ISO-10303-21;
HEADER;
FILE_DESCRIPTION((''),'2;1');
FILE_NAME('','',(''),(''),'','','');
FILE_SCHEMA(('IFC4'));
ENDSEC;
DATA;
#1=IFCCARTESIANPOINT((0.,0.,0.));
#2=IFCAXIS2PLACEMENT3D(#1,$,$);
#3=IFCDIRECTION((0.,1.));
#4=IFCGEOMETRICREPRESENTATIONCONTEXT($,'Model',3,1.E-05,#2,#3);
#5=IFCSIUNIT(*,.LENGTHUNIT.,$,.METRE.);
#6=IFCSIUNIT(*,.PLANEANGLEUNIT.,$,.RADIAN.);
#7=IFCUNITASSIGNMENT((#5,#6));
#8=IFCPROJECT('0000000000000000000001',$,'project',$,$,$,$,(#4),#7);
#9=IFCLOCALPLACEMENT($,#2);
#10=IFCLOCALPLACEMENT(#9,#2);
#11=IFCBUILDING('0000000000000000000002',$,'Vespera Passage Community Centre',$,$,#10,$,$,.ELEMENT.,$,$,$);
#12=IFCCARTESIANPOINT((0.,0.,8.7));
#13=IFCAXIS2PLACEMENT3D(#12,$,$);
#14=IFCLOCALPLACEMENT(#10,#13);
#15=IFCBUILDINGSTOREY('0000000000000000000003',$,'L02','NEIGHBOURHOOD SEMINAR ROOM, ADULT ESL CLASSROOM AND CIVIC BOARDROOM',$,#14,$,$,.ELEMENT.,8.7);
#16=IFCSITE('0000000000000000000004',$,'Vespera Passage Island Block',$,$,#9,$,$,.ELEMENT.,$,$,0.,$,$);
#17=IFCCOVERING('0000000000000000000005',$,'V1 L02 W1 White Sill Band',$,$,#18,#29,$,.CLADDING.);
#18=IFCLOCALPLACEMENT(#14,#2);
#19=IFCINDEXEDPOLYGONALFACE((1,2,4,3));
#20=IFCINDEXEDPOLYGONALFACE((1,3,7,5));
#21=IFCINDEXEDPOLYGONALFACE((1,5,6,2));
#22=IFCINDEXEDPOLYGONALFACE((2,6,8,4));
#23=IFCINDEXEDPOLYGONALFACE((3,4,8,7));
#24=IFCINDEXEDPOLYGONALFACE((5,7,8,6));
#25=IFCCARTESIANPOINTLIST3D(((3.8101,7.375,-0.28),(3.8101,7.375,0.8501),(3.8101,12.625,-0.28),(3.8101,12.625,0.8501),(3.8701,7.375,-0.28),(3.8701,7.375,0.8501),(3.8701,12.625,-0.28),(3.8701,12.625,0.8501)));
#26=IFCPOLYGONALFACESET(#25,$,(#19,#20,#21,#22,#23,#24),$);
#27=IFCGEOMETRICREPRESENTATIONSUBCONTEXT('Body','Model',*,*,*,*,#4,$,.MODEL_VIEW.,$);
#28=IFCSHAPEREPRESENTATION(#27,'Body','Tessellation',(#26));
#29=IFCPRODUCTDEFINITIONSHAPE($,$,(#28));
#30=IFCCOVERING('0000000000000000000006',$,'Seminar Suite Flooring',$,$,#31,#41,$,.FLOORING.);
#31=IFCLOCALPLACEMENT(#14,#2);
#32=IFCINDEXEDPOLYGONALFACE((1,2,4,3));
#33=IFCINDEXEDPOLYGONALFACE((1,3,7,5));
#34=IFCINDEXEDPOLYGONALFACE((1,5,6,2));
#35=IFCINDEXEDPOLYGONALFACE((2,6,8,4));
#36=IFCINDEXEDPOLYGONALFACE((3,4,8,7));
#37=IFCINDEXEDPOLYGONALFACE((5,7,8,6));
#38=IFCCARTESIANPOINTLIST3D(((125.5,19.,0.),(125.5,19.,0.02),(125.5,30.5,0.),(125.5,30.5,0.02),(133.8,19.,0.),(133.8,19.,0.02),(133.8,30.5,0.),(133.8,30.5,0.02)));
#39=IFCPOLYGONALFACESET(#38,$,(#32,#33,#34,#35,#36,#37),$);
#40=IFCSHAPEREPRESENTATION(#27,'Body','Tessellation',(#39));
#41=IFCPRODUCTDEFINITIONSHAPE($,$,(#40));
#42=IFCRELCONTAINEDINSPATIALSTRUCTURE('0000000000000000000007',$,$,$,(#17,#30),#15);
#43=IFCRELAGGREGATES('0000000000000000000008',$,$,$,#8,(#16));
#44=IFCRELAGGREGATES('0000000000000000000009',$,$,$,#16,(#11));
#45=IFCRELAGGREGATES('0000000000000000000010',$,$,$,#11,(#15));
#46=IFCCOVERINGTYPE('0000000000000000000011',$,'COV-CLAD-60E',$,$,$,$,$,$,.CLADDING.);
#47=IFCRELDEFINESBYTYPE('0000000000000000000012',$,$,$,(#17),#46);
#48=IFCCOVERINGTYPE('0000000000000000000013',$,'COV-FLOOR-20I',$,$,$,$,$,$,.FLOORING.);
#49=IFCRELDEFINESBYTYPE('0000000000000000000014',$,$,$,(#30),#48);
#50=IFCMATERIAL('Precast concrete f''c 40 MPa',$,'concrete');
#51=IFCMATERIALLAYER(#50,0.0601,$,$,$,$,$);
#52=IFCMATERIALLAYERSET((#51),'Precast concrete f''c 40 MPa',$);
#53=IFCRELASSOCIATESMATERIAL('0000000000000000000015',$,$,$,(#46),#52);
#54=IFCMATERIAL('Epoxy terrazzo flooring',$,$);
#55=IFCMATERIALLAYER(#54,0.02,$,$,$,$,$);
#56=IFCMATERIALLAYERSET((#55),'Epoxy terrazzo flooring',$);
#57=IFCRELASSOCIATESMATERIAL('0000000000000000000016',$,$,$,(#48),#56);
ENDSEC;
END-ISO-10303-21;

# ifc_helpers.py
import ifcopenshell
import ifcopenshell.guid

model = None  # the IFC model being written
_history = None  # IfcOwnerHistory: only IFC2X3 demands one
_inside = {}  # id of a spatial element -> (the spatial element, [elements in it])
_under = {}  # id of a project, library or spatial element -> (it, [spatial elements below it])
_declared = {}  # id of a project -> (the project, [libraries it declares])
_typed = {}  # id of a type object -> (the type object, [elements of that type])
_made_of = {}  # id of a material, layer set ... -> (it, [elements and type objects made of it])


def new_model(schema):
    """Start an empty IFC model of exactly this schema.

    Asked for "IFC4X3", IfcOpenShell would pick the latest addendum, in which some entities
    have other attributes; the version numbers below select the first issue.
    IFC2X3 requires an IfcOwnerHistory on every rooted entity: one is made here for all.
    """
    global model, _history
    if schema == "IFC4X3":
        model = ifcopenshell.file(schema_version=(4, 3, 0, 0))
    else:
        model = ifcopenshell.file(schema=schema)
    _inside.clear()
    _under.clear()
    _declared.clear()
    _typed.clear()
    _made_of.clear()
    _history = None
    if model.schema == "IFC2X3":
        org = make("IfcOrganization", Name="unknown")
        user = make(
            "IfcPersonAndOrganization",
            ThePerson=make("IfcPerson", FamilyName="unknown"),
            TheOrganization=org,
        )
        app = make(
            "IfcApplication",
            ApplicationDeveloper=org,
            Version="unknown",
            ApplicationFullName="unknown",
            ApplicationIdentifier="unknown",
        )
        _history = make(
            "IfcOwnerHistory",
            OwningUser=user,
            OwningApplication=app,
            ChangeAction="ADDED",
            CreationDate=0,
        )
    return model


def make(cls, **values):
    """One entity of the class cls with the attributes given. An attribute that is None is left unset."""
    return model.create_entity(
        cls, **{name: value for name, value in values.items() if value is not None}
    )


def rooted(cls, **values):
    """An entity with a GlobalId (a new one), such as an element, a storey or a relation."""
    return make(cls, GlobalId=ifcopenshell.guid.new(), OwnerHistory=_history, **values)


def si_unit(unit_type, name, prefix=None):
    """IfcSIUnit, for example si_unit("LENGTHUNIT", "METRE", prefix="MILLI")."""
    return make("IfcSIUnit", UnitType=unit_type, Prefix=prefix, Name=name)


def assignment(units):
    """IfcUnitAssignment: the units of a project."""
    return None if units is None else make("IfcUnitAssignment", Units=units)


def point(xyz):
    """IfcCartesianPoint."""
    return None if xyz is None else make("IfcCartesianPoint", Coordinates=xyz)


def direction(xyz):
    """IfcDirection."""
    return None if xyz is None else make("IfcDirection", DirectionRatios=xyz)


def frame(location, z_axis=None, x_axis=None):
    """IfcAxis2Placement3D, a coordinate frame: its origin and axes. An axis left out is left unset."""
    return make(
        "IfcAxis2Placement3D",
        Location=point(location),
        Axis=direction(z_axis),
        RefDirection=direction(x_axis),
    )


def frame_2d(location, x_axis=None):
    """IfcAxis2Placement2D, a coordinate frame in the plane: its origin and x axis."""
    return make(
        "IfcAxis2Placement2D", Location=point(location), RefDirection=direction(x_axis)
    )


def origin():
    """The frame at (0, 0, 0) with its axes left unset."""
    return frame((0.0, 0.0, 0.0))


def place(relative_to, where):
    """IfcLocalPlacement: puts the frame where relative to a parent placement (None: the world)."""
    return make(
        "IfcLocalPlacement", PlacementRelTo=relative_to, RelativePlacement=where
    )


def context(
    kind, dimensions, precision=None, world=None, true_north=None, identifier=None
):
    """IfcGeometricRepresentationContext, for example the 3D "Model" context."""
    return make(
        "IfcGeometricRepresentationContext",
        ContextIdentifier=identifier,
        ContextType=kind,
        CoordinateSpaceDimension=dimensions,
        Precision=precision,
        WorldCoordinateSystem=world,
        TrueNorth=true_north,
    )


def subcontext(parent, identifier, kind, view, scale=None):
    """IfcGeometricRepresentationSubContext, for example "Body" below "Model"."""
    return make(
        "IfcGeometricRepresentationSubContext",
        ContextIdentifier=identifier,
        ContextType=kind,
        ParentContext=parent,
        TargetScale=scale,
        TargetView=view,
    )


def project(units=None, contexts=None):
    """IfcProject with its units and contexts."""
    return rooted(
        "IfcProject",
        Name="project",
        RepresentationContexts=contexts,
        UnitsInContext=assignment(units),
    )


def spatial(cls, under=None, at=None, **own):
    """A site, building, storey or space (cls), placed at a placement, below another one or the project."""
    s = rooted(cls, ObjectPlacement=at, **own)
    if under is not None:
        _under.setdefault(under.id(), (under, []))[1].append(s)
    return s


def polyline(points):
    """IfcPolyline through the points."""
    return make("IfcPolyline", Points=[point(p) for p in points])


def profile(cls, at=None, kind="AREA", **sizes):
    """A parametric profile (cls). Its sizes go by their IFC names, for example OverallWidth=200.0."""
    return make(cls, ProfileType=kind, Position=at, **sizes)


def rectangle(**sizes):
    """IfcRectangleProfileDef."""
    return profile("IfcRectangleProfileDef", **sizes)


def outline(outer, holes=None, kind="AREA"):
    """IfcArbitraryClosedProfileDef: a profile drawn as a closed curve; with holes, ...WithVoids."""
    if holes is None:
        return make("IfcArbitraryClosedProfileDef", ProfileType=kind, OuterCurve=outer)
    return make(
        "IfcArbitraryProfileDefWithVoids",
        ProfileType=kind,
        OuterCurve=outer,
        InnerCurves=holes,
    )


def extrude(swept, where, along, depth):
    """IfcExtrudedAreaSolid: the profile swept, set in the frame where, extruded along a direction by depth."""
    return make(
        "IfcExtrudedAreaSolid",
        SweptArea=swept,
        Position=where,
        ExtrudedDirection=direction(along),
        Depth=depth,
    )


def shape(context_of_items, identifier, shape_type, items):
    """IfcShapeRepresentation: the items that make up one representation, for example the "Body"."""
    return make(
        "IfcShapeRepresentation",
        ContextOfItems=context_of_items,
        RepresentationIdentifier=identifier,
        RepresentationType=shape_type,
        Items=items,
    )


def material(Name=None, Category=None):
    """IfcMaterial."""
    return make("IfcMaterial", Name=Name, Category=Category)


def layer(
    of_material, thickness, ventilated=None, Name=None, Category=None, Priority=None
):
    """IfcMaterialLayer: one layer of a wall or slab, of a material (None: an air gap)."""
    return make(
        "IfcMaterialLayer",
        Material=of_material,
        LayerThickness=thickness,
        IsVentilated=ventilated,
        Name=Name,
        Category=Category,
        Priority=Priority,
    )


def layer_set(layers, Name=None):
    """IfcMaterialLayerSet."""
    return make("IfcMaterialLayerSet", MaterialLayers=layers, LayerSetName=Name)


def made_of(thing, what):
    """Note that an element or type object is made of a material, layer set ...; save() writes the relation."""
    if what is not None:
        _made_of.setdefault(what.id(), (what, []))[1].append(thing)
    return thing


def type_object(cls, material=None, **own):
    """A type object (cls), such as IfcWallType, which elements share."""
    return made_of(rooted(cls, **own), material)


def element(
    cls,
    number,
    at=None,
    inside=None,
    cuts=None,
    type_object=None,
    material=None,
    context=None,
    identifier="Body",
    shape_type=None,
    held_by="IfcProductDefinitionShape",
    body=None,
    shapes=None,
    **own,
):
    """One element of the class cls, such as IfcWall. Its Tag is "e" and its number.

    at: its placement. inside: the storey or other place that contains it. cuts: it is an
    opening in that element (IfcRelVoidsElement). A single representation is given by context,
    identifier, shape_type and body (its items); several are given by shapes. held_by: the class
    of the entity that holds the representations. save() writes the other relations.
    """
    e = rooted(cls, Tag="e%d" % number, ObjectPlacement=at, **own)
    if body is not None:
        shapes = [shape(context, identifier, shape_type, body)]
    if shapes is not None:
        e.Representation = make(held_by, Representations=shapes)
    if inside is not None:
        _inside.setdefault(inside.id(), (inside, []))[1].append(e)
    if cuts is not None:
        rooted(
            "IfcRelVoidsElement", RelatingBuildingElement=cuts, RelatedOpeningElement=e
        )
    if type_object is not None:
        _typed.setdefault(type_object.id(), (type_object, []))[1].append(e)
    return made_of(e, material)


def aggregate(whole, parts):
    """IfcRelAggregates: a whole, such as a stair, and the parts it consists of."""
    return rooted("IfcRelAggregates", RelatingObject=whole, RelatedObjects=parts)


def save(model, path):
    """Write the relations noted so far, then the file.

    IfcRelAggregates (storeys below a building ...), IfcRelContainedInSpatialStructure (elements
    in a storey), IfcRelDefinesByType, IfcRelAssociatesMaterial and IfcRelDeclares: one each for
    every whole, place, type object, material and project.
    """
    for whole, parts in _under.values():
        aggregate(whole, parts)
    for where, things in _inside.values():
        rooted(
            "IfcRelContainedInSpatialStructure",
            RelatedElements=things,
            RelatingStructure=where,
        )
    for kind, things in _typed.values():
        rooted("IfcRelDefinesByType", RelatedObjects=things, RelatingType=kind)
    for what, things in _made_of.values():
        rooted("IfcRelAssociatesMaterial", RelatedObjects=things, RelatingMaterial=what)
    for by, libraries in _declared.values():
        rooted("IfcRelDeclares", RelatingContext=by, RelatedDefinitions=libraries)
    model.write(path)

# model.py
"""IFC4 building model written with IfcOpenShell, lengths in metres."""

from ifc_helpers import new_model, si_unit, direction, frame, frame_2d, origin, place, context, subcontext, project, spatial, polyline, rectangle, outline, extrude, material, layer, layer_set, type_object, element, save


model = new_model("IFC4")

# Units and contexts
model_context = context("Model", 3, precision=1e-05, world=origin(), true_north=direction((0.0, 1.0)))
body_context = subcontext(model_context, "Body", "Model", "MODEL_VIEW")
ifc_project = project(units=[si_unit("LENGTHUNIT", "METRE"), si_unit("PLANEANGLEUNIT", "RADIAN")], contexts=[model_context])

# Site, building, storey
site_placement = place(None, origin())
site = spatial("IfcSite", under=ifc_project, at=site_placement, Name="Vespera Passage Island Block", CompositionType="ELEMENT", RefElevation=0.0)
building_placement = place(site_placement, origin())
building = spatial("IfcBuilding", under=site, at=building_placement, Name="Vespera Passage Community Centre", CompositionType="ELEMENT")
storey_placement = place(building_placement, frame((0.0, 0.0, 8.7)))
storey = spatial("IfcBuildingStorey", under=building, at=storey_placement, Name="L02", Description="NEIGHBOURHOOD SEMINAR ROOM, ADULT ESL CLASSROOM AND CIVIC BOARDROOM", CompositionType="ELEMENT", Elevation=8.7)

# Coverings
ifc_material_1 = material(Name="Precast concrete f'c 40 MPa", Category="concrete")
ifc_layer_1 = layer(ifc_material_1, 0.0601)
ifc_layer_set_1 = layer_set([ifc_layer_1], Name="Precast concrete f'c 40 MPa")
covering_type_1 = type_object("IfcCoveringType", Name="COV-CLAD-60E", PredefinedType="CLADDING", material=ifc_layer_set_1)
covering_1_placement = place(storey_placement, frame((3.8401, 7.375, -0.28), z_axis=(0.0, 0.0, 1.0), x_axis=(0.0, 1.0, 0.0)))
element("IfcCovering", 1, at=covering_1_placement, inside=storey, type_object=covering_type_1, Name="V1 L02 W1 White Sill Band", PredefinedType="CLADDING", context=body_context, shape_type="SweptSolid", body=[
    extrude(rectangle(XDim=5.25, YDim=0.0601, at=frame_2d((2.625, 0.0))), origin(), (0.0, 0.0, 1.0), 1.1301),
])
ifc_material_2 = material(Name="Epoxy terrazzo flooring")
ifc_layer_2 = layer(ifc_material_2, 0.02)
ifc_layer_set_2 = layer_set([ifc_layer_2], Name="Epoxy terrazzo flooring")
covering_type_2 = type_object("IfcCoveringType", Name="COV-FLOOR-20I", PredefinedType="FLOORING", material=ifc_layer_set_2)
covering_2_placement = place(storey_placement, origin())
element("IfcCovering", 2, at=covering_2_placement, inside=storey, type_object=covering_type_2, Name="Seminar Suite Flooring", PredefinedType="FLOORING", context=body_context, shape_type="SweptSolid", body=[
    extrude(outline(polyline([(125.5, 19.0), (133.8, 19.0), (133.8, 30.5), (125.5, 30.5), (125.5, 19.0)])), origin(), (0.0, 0.0, 1.0), 0.02),
])

save(model, "model.ifc")
